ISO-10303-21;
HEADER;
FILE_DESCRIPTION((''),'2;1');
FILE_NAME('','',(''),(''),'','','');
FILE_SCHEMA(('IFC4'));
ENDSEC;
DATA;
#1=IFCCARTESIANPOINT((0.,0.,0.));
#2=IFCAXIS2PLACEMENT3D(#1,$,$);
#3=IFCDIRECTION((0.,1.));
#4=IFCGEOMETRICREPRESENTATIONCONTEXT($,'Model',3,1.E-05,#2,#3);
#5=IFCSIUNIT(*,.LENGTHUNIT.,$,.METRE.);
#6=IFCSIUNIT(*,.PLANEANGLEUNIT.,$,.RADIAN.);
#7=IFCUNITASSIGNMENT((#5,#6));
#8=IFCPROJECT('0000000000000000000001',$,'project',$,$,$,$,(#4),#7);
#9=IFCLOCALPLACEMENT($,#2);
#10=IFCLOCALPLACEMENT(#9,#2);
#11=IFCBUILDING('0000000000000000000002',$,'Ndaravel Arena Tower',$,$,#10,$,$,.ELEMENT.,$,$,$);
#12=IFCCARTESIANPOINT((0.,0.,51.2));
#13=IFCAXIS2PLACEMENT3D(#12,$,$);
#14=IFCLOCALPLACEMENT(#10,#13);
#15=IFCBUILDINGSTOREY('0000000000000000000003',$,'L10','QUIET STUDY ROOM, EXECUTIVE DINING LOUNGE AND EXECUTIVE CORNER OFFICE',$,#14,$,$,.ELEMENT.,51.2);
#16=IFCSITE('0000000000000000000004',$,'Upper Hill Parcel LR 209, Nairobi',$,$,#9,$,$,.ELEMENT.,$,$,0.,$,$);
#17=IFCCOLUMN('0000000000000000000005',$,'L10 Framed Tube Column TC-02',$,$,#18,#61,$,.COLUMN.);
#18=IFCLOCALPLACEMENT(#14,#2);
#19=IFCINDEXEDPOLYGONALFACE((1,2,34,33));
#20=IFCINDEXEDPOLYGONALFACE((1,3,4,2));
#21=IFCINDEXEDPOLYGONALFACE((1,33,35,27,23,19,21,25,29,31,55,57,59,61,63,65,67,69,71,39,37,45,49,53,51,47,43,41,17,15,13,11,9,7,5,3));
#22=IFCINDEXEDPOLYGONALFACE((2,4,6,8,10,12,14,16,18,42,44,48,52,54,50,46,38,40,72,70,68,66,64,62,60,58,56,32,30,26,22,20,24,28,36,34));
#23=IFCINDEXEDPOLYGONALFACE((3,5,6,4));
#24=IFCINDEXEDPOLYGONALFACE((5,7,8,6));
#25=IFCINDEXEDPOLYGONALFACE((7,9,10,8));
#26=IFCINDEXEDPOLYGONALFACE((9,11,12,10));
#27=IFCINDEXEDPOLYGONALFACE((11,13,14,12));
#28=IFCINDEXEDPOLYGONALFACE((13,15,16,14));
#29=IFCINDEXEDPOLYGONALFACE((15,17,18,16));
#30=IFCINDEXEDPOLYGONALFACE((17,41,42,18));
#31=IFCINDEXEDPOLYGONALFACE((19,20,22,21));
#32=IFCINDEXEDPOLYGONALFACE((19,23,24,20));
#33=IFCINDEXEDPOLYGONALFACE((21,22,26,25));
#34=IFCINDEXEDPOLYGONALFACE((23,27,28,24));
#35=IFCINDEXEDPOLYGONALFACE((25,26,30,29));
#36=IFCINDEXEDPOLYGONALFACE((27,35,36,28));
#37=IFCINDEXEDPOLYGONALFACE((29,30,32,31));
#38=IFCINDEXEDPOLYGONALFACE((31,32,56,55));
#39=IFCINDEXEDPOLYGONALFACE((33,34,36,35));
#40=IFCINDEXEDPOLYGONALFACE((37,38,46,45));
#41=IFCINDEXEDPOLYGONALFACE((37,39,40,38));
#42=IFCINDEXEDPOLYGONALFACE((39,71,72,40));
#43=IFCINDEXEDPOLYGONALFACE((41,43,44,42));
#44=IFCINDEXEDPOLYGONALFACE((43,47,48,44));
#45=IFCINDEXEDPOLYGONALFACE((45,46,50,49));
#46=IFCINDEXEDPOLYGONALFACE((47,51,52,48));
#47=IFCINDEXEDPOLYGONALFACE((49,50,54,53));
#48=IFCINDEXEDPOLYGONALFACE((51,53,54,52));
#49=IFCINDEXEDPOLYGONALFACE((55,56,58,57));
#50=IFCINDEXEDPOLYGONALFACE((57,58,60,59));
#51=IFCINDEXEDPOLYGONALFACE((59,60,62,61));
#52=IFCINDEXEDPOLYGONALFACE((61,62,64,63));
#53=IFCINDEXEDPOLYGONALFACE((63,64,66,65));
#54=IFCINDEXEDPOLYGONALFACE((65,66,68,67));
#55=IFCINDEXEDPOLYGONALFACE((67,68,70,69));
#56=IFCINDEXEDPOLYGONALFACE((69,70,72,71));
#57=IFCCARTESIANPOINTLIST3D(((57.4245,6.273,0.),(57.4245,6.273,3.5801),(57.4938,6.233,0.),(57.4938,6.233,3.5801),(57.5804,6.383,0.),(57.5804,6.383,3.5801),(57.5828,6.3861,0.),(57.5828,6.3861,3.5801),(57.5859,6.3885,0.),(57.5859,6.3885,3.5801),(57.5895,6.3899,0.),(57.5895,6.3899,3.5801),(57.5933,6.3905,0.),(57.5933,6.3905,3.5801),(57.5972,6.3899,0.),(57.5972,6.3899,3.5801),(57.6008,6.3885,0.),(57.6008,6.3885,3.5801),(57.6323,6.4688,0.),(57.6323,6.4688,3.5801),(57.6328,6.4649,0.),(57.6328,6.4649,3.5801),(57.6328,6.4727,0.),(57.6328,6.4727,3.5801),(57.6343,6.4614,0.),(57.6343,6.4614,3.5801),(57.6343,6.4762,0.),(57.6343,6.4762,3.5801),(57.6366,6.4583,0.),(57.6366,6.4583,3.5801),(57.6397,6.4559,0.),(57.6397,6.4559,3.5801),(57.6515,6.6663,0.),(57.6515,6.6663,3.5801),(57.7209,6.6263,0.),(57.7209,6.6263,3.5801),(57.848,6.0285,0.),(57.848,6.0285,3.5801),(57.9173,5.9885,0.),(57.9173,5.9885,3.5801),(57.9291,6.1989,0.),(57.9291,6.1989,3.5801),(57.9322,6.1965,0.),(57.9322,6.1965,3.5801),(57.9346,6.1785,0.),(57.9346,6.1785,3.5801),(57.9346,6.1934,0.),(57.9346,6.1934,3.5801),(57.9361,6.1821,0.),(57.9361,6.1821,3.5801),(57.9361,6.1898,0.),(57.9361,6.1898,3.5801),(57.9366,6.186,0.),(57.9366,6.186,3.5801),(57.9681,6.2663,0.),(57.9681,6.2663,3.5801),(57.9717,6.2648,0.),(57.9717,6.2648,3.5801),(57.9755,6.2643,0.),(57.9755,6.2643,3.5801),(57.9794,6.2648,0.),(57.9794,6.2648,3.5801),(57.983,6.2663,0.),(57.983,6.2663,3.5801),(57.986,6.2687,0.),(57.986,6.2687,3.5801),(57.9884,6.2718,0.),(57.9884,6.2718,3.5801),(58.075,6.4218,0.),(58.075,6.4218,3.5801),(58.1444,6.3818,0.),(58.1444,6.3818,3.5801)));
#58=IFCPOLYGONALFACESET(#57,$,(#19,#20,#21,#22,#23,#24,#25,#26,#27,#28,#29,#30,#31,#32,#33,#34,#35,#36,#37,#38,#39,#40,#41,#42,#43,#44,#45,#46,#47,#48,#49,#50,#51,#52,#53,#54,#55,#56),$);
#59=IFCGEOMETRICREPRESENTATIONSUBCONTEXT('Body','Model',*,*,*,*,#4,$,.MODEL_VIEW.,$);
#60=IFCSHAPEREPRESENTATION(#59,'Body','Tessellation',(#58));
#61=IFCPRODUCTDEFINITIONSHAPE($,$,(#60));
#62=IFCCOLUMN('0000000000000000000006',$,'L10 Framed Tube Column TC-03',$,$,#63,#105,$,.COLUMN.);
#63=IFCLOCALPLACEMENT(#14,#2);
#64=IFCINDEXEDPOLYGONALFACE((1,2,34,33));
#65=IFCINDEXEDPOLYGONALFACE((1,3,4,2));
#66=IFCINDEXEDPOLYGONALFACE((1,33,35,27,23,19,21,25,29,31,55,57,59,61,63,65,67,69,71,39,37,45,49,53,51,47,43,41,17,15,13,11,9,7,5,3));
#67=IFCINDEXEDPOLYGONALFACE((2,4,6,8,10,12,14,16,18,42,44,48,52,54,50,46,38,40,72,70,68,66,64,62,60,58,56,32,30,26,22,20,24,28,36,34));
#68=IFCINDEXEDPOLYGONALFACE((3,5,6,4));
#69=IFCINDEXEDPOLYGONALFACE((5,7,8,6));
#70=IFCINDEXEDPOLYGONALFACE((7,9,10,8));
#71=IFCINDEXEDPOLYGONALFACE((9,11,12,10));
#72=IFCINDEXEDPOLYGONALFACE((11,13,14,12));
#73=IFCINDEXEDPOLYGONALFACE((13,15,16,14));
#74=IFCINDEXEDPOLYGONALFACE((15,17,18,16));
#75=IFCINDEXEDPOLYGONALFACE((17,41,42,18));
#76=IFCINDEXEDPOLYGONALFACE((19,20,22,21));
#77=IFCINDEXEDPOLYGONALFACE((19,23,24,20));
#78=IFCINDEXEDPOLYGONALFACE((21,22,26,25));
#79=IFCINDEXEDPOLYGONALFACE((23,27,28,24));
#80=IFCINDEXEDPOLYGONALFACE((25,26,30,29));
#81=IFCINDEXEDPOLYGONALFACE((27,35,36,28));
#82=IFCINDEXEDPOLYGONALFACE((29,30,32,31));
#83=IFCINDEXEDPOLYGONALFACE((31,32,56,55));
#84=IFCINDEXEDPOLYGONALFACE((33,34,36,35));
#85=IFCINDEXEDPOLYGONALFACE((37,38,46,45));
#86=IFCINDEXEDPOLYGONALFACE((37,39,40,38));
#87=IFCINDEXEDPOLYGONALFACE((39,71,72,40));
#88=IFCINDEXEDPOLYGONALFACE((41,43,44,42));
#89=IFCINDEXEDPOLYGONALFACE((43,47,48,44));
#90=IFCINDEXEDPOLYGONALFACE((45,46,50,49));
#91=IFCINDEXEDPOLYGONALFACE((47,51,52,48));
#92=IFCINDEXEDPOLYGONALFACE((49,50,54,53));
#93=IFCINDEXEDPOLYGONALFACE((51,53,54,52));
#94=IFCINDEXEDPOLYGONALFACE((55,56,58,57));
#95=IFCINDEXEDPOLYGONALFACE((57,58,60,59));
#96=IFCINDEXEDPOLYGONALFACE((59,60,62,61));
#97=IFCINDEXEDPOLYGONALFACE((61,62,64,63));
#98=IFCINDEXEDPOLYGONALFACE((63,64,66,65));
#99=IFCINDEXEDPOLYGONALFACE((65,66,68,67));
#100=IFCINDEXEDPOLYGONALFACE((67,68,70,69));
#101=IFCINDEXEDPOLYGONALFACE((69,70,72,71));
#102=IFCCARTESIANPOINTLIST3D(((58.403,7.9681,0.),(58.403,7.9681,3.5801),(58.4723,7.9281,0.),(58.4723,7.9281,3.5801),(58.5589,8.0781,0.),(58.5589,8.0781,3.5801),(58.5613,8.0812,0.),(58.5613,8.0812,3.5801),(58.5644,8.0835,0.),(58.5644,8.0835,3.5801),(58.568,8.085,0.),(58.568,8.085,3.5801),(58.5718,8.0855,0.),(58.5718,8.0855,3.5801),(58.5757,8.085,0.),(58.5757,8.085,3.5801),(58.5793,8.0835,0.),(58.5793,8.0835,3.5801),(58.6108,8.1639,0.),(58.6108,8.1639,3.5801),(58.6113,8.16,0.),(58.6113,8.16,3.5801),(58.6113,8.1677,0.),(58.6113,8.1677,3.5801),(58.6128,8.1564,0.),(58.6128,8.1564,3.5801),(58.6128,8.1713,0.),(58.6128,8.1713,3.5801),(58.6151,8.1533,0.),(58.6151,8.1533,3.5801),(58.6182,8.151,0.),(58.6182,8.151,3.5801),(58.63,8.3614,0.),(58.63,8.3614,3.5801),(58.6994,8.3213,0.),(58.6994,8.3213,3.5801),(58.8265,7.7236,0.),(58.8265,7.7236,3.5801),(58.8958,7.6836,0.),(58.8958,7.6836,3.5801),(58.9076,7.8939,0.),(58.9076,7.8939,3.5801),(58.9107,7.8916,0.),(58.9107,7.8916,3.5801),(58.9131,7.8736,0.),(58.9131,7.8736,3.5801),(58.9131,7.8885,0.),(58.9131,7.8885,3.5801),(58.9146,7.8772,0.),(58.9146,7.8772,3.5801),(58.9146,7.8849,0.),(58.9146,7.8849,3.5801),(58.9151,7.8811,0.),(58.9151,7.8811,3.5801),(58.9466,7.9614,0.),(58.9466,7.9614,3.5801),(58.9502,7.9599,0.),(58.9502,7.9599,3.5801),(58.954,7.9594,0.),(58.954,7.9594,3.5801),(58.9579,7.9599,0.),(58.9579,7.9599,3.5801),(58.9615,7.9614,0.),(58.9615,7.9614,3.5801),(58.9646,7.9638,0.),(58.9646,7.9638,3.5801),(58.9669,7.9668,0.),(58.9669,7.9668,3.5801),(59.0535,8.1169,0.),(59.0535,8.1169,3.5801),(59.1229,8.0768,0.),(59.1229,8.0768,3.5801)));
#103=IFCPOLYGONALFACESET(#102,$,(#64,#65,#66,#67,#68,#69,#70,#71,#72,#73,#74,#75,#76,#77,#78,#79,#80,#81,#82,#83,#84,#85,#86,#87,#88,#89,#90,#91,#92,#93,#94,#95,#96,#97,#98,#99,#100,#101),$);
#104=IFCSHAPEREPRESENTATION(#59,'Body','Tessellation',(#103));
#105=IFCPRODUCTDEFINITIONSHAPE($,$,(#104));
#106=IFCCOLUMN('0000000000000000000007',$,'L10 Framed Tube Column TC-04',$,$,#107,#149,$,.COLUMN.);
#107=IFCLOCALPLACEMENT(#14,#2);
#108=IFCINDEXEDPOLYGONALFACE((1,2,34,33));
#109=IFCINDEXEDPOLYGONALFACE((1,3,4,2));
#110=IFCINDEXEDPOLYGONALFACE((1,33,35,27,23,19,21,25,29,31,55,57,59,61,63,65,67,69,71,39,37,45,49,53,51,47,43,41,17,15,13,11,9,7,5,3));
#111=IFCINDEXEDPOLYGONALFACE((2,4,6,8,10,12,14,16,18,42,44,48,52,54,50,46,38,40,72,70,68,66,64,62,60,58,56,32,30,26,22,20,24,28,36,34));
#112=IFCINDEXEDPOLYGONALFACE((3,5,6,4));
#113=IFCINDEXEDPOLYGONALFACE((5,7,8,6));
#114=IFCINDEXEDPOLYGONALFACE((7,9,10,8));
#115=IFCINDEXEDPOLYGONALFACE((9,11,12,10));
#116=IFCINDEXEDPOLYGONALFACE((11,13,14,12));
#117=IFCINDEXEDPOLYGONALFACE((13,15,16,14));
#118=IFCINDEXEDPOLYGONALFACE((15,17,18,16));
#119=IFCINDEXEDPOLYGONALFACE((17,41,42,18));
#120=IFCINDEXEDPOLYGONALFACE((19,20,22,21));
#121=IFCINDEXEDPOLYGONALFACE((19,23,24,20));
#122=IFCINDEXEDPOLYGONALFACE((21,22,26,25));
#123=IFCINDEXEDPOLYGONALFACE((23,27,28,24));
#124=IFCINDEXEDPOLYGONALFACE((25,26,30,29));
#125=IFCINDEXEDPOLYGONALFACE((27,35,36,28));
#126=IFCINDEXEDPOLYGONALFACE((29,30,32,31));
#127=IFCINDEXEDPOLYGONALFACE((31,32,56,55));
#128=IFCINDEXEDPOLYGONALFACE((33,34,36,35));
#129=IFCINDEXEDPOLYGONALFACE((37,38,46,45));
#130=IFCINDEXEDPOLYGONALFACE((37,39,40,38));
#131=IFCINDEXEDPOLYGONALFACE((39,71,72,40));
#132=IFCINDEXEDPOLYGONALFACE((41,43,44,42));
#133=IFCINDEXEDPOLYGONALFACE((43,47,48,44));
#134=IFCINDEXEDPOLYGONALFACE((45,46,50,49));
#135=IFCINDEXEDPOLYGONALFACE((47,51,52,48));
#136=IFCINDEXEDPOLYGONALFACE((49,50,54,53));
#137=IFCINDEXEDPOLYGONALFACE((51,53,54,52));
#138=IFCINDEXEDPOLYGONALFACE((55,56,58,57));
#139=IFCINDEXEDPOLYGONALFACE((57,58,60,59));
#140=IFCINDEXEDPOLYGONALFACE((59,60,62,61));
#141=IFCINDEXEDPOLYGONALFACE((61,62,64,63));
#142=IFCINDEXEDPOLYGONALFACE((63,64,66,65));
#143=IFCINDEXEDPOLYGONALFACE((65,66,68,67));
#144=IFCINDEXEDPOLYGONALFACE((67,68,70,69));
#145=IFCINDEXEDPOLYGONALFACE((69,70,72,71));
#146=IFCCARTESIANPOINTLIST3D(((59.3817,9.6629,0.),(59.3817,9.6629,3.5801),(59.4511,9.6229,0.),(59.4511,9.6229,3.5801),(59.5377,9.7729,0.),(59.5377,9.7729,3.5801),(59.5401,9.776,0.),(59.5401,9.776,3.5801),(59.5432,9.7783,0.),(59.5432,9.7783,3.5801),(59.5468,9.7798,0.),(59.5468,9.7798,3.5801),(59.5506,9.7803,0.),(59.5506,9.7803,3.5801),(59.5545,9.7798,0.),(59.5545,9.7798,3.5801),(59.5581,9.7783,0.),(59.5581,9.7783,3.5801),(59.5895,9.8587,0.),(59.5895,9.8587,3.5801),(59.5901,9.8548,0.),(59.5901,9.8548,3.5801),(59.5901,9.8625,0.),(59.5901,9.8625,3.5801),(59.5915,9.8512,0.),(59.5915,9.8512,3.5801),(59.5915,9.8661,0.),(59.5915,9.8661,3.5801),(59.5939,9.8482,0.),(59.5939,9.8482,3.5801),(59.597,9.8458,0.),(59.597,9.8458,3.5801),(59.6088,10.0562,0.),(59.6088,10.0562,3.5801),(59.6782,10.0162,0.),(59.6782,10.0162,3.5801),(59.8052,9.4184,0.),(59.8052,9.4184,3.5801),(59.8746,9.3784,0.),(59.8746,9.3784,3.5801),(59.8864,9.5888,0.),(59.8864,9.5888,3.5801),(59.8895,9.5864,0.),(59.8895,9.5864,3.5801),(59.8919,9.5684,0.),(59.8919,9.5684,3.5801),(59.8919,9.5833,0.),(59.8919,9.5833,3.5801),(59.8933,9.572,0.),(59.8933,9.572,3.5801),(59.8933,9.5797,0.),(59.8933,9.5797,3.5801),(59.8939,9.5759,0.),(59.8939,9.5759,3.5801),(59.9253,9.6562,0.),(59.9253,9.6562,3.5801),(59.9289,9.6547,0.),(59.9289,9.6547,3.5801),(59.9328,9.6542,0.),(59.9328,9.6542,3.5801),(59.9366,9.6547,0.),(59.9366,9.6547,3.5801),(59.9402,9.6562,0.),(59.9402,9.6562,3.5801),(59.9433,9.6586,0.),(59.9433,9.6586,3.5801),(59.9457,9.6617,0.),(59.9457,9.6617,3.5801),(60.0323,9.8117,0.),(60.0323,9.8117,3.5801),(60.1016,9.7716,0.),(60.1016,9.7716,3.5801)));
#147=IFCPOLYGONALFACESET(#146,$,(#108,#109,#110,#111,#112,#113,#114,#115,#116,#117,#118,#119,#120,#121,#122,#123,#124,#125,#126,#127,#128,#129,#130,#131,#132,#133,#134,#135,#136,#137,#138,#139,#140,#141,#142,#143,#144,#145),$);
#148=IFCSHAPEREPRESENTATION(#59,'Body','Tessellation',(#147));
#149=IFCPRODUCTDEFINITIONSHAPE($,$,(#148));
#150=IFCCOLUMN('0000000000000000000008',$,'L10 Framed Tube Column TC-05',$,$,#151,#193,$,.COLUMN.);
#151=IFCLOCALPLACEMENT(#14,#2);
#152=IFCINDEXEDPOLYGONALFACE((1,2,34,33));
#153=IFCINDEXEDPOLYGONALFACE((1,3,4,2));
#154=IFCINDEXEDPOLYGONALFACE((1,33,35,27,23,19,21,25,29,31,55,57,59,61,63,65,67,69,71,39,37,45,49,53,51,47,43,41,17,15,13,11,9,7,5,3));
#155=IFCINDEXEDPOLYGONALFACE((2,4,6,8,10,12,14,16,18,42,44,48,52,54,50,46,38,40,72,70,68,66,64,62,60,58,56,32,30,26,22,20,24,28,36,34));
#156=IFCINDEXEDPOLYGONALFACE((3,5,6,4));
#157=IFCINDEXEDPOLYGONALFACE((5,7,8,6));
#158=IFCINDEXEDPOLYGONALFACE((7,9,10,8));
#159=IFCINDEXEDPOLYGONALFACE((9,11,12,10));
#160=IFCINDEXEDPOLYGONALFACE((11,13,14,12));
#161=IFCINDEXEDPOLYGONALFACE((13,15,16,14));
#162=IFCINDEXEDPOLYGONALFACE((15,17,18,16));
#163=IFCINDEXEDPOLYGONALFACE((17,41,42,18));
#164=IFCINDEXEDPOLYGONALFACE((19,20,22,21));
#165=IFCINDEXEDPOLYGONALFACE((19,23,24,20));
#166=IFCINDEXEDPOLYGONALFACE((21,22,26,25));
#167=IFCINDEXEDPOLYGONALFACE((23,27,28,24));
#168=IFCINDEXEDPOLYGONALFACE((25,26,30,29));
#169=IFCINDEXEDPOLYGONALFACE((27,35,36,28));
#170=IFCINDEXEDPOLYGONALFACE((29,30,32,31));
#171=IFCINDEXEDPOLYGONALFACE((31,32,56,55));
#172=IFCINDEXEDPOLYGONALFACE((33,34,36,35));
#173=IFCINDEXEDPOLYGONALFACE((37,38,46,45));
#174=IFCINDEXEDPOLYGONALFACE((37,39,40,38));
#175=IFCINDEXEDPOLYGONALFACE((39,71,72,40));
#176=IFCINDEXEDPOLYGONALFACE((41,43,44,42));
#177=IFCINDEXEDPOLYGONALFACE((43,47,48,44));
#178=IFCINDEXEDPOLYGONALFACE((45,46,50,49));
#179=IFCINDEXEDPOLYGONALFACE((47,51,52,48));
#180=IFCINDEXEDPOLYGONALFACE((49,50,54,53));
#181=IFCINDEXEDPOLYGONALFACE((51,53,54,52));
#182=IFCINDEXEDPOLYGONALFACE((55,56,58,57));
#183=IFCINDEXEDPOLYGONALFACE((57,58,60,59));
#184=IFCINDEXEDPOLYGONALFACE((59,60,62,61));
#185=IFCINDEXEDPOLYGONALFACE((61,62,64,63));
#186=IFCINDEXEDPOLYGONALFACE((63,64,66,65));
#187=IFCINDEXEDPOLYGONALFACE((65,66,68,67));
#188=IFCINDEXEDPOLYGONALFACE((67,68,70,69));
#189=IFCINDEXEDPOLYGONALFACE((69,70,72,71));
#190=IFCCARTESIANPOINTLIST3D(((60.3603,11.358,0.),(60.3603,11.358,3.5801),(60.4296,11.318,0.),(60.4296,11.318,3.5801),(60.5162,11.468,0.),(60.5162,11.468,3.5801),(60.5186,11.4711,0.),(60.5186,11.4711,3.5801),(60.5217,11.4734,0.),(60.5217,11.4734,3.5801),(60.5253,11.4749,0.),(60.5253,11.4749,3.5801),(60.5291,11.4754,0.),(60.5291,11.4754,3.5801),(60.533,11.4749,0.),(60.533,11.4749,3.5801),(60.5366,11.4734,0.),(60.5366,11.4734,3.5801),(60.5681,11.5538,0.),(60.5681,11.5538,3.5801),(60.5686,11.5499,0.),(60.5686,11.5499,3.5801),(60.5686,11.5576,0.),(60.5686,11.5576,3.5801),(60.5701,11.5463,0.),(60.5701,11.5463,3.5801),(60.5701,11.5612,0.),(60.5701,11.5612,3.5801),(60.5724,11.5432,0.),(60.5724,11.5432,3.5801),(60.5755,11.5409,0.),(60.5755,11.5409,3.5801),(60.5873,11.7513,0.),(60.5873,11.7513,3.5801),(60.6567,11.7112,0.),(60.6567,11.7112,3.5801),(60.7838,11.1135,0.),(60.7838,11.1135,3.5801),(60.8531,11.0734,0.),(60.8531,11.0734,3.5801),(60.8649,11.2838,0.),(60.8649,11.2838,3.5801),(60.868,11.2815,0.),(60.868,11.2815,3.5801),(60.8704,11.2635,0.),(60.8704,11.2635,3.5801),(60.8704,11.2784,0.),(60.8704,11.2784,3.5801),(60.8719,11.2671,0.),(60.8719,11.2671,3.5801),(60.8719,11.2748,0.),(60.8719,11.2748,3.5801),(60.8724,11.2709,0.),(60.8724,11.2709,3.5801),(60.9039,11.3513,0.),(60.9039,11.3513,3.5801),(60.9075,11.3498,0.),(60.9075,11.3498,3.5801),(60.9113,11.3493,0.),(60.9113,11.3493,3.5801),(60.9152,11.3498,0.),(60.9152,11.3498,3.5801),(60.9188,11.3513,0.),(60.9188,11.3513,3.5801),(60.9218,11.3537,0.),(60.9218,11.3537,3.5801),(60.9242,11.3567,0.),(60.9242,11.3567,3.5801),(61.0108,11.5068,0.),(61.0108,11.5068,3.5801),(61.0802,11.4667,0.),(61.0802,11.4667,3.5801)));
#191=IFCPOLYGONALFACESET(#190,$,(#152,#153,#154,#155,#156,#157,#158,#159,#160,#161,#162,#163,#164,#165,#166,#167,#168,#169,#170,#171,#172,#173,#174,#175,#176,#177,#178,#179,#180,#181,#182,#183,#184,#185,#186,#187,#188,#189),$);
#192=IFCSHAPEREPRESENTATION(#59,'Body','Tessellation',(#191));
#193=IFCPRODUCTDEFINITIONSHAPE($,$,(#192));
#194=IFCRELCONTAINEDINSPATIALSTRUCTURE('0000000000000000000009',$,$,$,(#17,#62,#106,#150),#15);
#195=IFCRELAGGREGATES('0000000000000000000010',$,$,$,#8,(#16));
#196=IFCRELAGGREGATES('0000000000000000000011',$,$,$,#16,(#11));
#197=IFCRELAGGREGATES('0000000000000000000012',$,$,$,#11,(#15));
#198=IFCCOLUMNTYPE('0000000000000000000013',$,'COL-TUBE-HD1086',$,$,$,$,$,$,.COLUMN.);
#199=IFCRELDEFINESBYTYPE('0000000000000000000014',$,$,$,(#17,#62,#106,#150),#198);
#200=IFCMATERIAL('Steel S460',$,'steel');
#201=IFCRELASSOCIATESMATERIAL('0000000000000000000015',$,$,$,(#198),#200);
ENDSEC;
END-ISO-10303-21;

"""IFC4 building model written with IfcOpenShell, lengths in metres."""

from ifc_helpers import new_model, si_unit, direction, frame, origin, origin_2d, place, context, subcontext, project, spatial, i_section, extrude, material, material_profile, profile_set, type_object, element, save


model = new_model("IFC4")

# Units and contexts
model_context = context("Model", 3, precision=1e-05, world=origin(), true_north=direction((0.0, 1.0)))
body_context = subcontext(model_context, "Body", "Model", "MODEL_VIEW")
ifc_project = project(units=[si_unit("LENGTHUNIT", "METRE"), si_unit("PLANEANGLEUNIT", "RADIAN")], contexts=[model_context])

# Site, building, storey
site_placement = place(None, origin())
site = spatial("IfcSite", under=ifc_project, at=site_placement, Name="Upper Hill Parcel LR 209, Nairobi", CompositionType="ELEMENT", RefElevation=0.0)
building_placement = place(site_placement, origin())
building = spatial("IfcBuilding", under=site, at=building_placement, Name="Ndaravel Arena Tower", CompositionType="ELEMENT")
storey_placement = place(building_placement, frame((0.0, 0.0, 51.2)))
storey = spatial("IfcBuildingStorey", under=building, at=storey_placement, Name="L10", Description="QUIET STUDY ROOM, EXECUTIVE DINING LOUNGE AND EXECUTIVE CORNER OFFICE", CompositionType="ELEMENT", Elevation=51.2)

# Columns
ifc_material_1 = material(Name="Steel S460", Category="steel")
ifc_material_profile_1 = material_profile(ifc_material_1, i_section(OverallWidth=0.4541, OverallDepth=0.5691, WebThickness=0.0779, FlangeThickness=0.0801, FilletRadius=0.0149, at=origin_2d()), Name="HD 400x1086")
ifc_profile_set_1 = profile_set([ifc_material_profile_1], Name="Steel S460")
column_type = type_object("IfcColumnType", Name="COL-TUBE-HD1086", PredefinedType="COLUMN", material=ifc_profile_set_1)
for number, where, z_axis, x_axis, name in (
    (1, (57.7844, 6.3274, 0.0), (0.0, 0.0, 1.0), (0.5, 0.866025, 0.0), "L10 Framed Tube Column TC-02"),
    (2, (58.7629, 8.0225, 0.0), (0.0, 0.0, 1.0), (0.5, 0.866025, 0.0), "L10 Framed Tube Column TC-03"),
    (3, (59.7417, 9.7173, 0.0), (0.0, 0.0, 1.0), (0.5, 0.866025, 0.0), "L10 Framed Tube Column TC-04"),
    (4, (60.7202, 11.4124, 0.0), (0.0, 0.0, 1.0), (0.5, 0.866025, 0.0), "L10 Framed Tube Column TC-05"),
):
    element("IfcColumn", number, at=place(storey_placement, frame(where, z_axis=z_axis, x_axis=x_axis)), inside=storey, type_object=column_type, Name=name, PredefinedType="COLUMN", context=body_context, shape_type="SweptSolid", body=[
        extrude(i_section(OverallWidth=0.4541, OverallDepth=0.5691, WebThickness=0.0779, FlangeThickness=0.0801, FilletRadius=0.0149, at=origin_2d()), origin(), (0.0, 0.0, 1.0), 3.5801),
    ])

save(model, "model.ifc")
